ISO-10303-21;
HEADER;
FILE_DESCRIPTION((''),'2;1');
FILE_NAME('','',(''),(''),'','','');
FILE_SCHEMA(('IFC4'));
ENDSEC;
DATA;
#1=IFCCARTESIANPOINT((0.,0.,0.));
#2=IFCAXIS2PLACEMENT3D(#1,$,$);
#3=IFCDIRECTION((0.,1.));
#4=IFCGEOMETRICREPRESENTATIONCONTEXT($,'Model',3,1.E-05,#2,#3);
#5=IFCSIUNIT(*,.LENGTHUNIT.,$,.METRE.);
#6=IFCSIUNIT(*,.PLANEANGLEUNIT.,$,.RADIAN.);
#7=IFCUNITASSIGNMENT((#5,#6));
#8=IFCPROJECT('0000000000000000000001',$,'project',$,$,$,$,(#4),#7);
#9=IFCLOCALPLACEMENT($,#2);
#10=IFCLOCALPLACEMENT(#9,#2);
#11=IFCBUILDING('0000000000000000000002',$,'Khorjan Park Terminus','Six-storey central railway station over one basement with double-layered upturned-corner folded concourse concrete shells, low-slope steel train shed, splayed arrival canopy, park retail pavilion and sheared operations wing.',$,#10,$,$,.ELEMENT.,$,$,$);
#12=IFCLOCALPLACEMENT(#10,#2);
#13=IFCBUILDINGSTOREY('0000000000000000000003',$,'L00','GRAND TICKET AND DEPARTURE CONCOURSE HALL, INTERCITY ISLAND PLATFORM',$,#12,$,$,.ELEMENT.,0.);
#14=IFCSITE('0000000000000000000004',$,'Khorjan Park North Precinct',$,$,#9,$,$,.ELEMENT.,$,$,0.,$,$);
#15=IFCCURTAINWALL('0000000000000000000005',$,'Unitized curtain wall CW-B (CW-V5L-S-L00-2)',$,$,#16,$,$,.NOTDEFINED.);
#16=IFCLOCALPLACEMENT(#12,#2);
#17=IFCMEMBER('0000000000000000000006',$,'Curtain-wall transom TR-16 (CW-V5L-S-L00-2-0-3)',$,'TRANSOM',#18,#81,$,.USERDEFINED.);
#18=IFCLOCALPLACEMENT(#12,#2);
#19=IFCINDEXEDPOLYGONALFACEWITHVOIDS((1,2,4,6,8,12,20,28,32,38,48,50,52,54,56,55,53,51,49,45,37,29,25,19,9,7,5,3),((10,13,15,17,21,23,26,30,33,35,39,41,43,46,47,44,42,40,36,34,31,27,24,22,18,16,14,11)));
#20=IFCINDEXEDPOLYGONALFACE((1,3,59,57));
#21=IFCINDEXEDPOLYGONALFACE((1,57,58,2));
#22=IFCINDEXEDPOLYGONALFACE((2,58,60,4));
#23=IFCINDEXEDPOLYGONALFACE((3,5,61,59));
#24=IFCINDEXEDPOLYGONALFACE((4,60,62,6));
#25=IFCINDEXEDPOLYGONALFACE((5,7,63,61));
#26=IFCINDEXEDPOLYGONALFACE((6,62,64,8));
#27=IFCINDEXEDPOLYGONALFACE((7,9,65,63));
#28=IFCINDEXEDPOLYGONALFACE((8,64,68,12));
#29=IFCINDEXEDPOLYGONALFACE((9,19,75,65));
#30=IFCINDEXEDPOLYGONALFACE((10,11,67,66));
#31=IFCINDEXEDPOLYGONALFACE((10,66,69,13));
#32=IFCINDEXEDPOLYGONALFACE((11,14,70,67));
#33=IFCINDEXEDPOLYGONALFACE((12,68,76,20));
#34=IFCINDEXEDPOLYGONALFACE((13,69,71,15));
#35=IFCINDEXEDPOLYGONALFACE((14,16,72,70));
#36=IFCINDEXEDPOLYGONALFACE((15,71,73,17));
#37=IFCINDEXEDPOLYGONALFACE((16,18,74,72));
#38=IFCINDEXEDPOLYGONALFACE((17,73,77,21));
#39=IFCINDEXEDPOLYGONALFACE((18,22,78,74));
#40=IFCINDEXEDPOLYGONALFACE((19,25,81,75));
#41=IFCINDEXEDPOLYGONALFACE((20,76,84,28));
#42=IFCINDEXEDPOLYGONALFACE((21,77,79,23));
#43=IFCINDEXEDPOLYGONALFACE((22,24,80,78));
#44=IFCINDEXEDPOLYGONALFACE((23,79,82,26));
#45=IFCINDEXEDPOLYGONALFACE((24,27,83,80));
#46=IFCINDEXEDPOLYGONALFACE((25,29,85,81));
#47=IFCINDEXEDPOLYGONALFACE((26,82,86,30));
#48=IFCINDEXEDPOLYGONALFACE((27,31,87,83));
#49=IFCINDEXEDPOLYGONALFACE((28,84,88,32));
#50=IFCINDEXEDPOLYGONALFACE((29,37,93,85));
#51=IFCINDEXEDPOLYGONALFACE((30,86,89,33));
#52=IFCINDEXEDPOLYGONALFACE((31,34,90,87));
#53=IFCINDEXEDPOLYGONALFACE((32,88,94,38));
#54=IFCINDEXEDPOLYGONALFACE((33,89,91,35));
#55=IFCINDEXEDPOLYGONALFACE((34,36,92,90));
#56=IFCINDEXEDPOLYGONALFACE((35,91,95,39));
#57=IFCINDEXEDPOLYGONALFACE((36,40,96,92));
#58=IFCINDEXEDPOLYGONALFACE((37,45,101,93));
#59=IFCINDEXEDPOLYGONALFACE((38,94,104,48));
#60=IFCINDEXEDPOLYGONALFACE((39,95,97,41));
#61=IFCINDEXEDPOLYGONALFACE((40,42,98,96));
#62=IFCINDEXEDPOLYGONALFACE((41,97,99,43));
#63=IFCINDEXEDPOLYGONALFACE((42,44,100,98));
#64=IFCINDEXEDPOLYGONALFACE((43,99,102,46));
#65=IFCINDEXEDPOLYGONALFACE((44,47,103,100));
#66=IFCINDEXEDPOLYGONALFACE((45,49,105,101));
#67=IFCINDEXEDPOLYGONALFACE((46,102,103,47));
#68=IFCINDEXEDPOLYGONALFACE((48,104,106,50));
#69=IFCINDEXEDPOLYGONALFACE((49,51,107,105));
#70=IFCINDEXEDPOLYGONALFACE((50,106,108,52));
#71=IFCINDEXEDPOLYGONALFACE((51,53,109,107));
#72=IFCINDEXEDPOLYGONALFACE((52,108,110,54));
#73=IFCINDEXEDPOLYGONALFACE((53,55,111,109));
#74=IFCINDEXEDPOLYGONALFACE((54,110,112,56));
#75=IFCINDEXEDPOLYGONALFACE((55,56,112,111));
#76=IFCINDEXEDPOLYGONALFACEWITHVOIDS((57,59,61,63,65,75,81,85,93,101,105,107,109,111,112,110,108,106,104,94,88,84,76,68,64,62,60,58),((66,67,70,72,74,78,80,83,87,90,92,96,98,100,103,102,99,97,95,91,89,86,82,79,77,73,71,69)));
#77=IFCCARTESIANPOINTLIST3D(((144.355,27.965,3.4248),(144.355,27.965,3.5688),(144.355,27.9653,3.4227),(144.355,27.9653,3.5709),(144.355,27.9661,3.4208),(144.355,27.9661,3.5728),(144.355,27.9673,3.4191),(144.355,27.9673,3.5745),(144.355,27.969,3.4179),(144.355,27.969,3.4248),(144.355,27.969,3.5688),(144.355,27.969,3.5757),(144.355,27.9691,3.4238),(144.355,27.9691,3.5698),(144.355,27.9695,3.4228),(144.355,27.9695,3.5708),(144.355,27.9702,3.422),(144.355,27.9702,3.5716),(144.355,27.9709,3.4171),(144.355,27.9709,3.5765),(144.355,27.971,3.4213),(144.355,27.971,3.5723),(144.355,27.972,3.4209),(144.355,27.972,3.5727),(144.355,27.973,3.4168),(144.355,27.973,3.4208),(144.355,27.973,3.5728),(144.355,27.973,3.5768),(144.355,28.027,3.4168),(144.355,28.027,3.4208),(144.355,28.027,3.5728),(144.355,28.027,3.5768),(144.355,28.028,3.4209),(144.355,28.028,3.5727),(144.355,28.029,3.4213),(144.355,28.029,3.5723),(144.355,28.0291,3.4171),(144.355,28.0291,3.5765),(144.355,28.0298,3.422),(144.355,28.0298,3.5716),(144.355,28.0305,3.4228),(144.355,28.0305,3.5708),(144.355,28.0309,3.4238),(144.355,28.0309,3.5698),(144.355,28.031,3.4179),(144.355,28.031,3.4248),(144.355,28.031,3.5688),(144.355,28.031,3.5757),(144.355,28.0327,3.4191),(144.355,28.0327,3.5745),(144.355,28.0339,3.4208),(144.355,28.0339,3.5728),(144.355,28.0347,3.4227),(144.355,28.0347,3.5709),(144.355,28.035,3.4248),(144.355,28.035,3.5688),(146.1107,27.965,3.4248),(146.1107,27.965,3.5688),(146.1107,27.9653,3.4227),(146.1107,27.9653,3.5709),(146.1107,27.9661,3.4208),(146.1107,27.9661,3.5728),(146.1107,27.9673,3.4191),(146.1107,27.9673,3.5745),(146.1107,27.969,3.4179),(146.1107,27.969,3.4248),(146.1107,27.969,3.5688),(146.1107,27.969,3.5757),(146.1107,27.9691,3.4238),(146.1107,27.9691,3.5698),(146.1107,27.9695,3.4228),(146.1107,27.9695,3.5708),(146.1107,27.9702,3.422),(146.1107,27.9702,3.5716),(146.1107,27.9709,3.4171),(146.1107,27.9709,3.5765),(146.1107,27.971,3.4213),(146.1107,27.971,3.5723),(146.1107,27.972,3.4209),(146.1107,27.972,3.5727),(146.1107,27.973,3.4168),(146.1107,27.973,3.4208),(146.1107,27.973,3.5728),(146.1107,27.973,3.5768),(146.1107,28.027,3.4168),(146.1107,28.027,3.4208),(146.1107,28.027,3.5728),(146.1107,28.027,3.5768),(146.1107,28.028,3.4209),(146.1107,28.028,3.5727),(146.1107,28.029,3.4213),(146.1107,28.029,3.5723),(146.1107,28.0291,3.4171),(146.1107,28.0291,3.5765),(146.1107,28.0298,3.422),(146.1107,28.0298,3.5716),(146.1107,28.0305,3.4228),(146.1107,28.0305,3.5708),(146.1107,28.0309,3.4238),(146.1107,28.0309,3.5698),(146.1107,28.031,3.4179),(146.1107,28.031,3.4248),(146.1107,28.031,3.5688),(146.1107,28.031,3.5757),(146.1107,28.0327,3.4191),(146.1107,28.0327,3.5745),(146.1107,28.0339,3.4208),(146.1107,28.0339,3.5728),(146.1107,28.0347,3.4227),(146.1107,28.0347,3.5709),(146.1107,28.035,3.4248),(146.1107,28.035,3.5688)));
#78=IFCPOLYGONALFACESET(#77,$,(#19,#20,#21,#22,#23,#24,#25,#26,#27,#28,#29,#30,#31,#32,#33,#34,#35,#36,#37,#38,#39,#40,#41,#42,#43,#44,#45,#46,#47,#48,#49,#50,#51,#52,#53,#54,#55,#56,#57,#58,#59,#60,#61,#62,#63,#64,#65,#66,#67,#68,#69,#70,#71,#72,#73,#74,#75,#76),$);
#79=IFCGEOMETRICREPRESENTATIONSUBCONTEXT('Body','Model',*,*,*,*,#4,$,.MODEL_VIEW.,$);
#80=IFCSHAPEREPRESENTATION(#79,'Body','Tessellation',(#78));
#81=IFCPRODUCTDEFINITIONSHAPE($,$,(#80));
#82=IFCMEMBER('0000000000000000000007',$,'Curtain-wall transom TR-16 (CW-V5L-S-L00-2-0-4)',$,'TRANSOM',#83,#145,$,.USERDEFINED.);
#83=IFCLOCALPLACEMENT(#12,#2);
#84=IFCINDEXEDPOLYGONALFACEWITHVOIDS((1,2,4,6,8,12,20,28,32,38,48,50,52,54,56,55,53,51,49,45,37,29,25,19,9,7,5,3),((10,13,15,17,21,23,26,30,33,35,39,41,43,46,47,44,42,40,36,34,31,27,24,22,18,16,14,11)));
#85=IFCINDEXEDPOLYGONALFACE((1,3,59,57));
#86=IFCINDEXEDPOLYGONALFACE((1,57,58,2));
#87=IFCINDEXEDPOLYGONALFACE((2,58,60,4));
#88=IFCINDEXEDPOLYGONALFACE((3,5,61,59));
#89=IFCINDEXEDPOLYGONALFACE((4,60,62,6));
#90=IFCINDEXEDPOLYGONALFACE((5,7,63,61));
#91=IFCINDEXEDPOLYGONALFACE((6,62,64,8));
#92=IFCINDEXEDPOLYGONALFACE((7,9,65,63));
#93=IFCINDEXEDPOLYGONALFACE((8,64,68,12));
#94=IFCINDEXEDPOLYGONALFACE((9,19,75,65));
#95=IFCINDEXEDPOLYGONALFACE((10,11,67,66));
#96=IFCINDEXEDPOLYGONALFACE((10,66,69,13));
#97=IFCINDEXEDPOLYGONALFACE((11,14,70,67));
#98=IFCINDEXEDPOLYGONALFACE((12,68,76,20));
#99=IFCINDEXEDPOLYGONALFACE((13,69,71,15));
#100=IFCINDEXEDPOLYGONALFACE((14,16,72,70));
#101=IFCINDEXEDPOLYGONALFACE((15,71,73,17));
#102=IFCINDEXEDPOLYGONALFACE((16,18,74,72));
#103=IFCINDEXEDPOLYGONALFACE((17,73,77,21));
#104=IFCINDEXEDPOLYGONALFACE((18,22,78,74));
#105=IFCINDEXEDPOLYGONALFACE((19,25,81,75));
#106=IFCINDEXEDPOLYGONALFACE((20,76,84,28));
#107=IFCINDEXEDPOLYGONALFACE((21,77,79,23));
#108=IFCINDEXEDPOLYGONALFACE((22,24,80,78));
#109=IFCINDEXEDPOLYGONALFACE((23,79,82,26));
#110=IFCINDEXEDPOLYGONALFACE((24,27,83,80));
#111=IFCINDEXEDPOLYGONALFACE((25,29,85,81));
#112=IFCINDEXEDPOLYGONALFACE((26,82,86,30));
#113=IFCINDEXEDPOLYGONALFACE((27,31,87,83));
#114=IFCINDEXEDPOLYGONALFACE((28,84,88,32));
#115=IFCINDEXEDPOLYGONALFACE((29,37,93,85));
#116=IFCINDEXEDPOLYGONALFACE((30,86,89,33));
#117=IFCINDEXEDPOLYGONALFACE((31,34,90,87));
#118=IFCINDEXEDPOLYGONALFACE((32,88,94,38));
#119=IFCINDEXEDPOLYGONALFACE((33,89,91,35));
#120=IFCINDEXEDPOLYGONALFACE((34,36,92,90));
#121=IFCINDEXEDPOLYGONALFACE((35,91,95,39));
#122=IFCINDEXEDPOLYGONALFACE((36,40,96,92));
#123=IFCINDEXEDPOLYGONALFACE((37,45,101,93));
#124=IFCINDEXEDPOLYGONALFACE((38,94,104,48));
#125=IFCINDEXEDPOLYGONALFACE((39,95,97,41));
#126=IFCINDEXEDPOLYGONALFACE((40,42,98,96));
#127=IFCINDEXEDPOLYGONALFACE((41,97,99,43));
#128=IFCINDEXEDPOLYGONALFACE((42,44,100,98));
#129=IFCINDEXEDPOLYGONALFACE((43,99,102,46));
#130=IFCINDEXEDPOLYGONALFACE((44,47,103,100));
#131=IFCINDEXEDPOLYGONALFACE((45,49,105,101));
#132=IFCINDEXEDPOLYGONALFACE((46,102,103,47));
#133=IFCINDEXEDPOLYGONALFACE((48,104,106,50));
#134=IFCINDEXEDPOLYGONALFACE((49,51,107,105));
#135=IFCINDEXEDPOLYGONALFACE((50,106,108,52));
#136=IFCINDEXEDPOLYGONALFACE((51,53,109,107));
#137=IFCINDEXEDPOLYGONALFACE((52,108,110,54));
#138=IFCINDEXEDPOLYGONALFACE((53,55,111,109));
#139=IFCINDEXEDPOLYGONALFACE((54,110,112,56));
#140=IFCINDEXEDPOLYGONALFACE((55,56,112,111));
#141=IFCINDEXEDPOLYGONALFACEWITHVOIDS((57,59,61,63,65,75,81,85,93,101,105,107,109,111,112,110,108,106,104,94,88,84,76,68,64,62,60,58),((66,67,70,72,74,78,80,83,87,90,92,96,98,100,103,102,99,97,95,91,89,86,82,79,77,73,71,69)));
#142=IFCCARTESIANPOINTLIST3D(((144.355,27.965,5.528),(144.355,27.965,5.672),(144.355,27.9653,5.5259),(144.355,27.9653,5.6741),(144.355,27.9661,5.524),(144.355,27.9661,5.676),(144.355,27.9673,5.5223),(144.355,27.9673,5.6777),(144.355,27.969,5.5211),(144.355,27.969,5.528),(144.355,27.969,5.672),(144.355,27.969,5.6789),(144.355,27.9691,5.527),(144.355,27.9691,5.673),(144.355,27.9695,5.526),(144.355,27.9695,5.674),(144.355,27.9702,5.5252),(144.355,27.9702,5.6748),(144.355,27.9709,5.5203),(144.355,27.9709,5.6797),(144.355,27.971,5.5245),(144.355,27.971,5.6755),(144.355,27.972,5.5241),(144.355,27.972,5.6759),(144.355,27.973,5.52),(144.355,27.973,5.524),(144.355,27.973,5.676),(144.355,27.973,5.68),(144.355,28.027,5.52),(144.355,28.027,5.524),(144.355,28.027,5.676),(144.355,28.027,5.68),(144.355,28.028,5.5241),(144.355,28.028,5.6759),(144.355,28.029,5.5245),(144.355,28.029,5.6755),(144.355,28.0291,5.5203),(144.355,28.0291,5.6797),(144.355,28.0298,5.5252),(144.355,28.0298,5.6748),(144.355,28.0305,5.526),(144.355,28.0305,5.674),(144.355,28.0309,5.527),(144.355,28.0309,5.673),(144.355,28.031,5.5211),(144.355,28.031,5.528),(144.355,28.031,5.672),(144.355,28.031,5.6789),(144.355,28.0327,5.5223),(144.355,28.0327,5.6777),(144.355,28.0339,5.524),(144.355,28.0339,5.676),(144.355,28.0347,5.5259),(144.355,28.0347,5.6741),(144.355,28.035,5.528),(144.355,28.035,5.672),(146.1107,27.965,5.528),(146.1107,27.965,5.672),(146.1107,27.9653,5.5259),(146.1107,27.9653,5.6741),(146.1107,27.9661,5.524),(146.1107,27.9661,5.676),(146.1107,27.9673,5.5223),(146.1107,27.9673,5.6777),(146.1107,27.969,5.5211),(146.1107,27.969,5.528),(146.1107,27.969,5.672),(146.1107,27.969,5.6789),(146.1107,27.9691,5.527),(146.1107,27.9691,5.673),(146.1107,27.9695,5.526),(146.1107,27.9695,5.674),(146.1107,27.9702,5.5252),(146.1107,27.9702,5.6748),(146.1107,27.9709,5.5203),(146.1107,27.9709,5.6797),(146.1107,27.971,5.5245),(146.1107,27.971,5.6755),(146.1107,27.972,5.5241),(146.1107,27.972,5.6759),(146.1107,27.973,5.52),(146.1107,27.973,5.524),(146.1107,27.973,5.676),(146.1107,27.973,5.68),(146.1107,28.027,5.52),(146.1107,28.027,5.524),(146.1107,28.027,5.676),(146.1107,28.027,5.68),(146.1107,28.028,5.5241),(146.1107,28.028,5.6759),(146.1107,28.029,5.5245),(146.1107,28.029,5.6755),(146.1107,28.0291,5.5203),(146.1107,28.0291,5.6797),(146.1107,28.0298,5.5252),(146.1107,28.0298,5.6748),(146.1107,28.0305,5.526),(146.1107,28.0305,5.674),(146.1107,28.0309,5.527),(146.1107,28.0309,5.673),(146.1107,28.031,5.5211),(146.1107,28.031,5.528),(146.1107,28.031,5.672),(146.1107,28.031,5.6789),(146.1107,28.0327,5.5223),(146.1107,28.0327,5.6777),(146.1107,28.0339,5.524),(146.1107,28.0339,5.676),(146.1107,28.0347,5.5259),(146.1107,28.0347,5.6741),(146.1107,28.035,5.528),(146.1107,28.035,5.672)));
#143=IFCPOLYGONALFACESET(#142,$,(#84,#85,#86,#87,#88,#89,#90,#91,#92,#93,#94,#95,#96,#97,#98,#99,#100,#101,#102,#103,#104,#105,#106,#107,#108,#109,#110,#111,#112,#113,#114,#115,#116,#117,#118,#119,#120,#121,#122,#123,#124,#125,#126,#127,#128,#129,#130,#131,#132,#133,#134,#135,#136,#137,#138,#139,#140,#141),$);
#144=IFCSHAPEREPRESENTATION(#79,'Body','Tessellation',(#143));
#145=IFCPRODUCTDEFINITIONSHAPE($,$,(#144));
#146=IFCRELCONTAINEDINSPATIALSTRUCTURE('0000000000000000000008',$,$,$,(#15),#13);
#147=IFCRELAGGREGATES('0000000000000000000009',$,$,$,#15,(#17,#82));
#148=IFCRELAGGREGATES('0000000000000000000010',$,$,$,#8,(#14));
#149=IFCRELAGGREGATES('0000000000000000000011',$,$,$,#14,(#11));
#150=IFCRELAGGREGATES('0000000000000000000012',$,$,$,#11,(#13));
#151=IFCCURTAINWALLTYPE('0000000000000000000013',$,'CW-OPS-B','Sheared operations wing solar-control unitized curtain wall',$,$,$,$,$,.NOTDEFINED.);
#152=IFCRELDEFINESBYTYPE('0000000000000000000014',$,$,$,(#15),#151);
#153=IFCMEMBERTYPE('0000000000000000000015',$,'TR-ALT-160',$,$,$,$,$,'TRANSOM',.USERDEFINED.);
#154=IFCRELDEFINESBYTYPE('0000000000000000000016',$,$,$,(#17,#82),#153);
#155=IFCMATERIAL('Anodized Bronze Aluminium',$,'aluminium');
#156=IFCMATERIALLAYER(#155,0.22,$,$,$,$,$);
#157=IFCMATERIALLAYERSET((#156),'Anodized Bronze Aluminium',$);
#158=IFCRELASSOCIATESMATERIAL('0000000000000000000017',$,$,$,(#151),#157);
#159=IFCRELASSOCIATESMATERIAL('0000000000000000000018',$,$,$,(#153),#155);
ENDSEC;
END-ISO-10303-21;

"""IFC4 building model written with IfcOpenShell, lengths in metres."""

from ifc_helpers import new_model, si_unit, direction, frame, origin, origin_2d, place, context, subcontext, project, spatial, hollow_rectangle, extrude, material, layer, layer_set, material_profile, profile_set, type_object, element, aggregate, save


model = new_model("IFC4")

# Units and contexts
model_context = context("Model", 3, precision=1e-05, world=origin(), true_north=direction((0.0, 1.0)))
body_context = subcontext(model_context, "Body", "Model", "MODEL_VIEW")
ifc_project = project(units=[si_unit("LENGTHUNIT", "METRE"), si_unit("PLANEANGLEUNIT", "RADIAN")], contexts=[model_context])

# Site, building, storey
site_placement = place(None, origin())
site = spatial("IfcSite", under=ifc_project, at=site_placement, Name="Khorjan Park North Precinct", CompositionType="ELEMENT", RefElevation=0.0)
building_placement = place(site_placement, origin())
building = spatial("IfcBuilding", under=site, at=building_placement, Name="Khorjan Park Terminus", Description="Six-storey central railway station over one basement with double-layered upturned-corner folded concourse concrete shells, low-slope steel train shed, splayed arrival canopy, park retail pavilion and sheared operations wing.", CompositionType="ELEMENT")
storey_placement = place(building_placement, origin())
storey = spatial("IfcBuildingStorey", under=building, at=storey_placement, Name="L00", Description="GRAND TICKET AND DEPARTURE CONCOURSE HALL, INTERCITY ISLAND PLATFORM", CompositionType="ELEMENT", Elevation=0.0)

# Shared definitions
ifc_material_1 = material(Name="Anodized Bronze Aluminium", Category="aluminium")
ifc_layer_1 = layer(ifc_material_1, 0.22)
ifc_layer_set_1 = layer_set([ifc_layer_1], Name="Anodized Bronze Aluminium")
curtain_wall_type = type_object("IfcCurtainWallType", Name="CW-OPS-B", Description="Sheared operations wing solar-control unitized curtain wall", PredefinedType="NOTDEFINED", material=ifc_layer_set_1)

# Curtain wall, members
curtain_wall_1_placement = place(storey_placement, origin())
curtain_wall_1 = element("IfcCurtainWall", 1, at=curtain_wall_1_placement, inside=storey, type_object=curtain_wall_type, Name="Unitized curtain wall CW-B (CW-V5L-S-L00-2)", PredefinedType="NOTDEFINED")
ifc_material_profile_1 = material_profile(ifc_material_1, hollow_rectangle(XDim=0.07, YDim=0.16, WallThickness=0.004, InnerFilletRadius=0.004, OuterFilletRadius=0.008, at=origin_2d()), Name="ALT 70x160x4")
ifc_profile_set_1 = profile_set([ifc_material_profile_1], Name="Anodized Bronze Aluminium")
member_type_1 = type_object("IfcMemberType", Name="TR-ALT-160", ElementType="TRANSOM", PredefinedType="USERDEFINED", material=ifc_profile_set_1)
member_1_placement = place(storey_placement, frame((144.355, 28.0, 3.4968), z_axis=(1.0, 0.0, 0.0), x_axis=(0.0, 1.0, 0.0)))
member_1 = element("IfcMember", 2, at=member_1_placement, type_object=member_type_1, Name="Curtain-wall transom TR-16 (CW-V5L-S-L00-2-0-3)", ObjectType="TRANSOM", PredefinedType="USERDEFINED", context=body_context, shape_type="SweptSolid", body=[
    extrude(hollow_rectangle(XDim=0.07, YDim=0.16, WallThickness=0.004, InnerFilletRadius=0.004, OuterFilletRadius=0.008, at=origin_2d()), origin(), (0.0, 0.0, 1.0), 1.7557),
])
member_2_placement = place(storey_placement, frame((144.355, 28.0, 5.6), z_axis=(1.0, 0.0, 0.0), x_axis=(0.0, 1.0, 0.0)))
member_2 = element("IfcMember", 3, at=member_2_placement, type_object=member_type_1, Name="Curtain-wall transom TR-16 (CW-V5L-S-L00-2-0-4)", ObjectType="TRANSOM", PredefinedType="USERDEFINED", context=body_context, shape_type="SweptSolid", body=[
    extrude(hollow_rectangle(XDim=0.07, YDim=0.16, WallThickness=0.004, InnerFilletRadius=0.004, OuterFilletRadius=0.008, at=origin_2d()), origin(), (0.0, 0.0, 1.0), 1.7557),
])

aggregate(curtain_wall_1, [member_1, member_2])

save(model, "model.ifc")
